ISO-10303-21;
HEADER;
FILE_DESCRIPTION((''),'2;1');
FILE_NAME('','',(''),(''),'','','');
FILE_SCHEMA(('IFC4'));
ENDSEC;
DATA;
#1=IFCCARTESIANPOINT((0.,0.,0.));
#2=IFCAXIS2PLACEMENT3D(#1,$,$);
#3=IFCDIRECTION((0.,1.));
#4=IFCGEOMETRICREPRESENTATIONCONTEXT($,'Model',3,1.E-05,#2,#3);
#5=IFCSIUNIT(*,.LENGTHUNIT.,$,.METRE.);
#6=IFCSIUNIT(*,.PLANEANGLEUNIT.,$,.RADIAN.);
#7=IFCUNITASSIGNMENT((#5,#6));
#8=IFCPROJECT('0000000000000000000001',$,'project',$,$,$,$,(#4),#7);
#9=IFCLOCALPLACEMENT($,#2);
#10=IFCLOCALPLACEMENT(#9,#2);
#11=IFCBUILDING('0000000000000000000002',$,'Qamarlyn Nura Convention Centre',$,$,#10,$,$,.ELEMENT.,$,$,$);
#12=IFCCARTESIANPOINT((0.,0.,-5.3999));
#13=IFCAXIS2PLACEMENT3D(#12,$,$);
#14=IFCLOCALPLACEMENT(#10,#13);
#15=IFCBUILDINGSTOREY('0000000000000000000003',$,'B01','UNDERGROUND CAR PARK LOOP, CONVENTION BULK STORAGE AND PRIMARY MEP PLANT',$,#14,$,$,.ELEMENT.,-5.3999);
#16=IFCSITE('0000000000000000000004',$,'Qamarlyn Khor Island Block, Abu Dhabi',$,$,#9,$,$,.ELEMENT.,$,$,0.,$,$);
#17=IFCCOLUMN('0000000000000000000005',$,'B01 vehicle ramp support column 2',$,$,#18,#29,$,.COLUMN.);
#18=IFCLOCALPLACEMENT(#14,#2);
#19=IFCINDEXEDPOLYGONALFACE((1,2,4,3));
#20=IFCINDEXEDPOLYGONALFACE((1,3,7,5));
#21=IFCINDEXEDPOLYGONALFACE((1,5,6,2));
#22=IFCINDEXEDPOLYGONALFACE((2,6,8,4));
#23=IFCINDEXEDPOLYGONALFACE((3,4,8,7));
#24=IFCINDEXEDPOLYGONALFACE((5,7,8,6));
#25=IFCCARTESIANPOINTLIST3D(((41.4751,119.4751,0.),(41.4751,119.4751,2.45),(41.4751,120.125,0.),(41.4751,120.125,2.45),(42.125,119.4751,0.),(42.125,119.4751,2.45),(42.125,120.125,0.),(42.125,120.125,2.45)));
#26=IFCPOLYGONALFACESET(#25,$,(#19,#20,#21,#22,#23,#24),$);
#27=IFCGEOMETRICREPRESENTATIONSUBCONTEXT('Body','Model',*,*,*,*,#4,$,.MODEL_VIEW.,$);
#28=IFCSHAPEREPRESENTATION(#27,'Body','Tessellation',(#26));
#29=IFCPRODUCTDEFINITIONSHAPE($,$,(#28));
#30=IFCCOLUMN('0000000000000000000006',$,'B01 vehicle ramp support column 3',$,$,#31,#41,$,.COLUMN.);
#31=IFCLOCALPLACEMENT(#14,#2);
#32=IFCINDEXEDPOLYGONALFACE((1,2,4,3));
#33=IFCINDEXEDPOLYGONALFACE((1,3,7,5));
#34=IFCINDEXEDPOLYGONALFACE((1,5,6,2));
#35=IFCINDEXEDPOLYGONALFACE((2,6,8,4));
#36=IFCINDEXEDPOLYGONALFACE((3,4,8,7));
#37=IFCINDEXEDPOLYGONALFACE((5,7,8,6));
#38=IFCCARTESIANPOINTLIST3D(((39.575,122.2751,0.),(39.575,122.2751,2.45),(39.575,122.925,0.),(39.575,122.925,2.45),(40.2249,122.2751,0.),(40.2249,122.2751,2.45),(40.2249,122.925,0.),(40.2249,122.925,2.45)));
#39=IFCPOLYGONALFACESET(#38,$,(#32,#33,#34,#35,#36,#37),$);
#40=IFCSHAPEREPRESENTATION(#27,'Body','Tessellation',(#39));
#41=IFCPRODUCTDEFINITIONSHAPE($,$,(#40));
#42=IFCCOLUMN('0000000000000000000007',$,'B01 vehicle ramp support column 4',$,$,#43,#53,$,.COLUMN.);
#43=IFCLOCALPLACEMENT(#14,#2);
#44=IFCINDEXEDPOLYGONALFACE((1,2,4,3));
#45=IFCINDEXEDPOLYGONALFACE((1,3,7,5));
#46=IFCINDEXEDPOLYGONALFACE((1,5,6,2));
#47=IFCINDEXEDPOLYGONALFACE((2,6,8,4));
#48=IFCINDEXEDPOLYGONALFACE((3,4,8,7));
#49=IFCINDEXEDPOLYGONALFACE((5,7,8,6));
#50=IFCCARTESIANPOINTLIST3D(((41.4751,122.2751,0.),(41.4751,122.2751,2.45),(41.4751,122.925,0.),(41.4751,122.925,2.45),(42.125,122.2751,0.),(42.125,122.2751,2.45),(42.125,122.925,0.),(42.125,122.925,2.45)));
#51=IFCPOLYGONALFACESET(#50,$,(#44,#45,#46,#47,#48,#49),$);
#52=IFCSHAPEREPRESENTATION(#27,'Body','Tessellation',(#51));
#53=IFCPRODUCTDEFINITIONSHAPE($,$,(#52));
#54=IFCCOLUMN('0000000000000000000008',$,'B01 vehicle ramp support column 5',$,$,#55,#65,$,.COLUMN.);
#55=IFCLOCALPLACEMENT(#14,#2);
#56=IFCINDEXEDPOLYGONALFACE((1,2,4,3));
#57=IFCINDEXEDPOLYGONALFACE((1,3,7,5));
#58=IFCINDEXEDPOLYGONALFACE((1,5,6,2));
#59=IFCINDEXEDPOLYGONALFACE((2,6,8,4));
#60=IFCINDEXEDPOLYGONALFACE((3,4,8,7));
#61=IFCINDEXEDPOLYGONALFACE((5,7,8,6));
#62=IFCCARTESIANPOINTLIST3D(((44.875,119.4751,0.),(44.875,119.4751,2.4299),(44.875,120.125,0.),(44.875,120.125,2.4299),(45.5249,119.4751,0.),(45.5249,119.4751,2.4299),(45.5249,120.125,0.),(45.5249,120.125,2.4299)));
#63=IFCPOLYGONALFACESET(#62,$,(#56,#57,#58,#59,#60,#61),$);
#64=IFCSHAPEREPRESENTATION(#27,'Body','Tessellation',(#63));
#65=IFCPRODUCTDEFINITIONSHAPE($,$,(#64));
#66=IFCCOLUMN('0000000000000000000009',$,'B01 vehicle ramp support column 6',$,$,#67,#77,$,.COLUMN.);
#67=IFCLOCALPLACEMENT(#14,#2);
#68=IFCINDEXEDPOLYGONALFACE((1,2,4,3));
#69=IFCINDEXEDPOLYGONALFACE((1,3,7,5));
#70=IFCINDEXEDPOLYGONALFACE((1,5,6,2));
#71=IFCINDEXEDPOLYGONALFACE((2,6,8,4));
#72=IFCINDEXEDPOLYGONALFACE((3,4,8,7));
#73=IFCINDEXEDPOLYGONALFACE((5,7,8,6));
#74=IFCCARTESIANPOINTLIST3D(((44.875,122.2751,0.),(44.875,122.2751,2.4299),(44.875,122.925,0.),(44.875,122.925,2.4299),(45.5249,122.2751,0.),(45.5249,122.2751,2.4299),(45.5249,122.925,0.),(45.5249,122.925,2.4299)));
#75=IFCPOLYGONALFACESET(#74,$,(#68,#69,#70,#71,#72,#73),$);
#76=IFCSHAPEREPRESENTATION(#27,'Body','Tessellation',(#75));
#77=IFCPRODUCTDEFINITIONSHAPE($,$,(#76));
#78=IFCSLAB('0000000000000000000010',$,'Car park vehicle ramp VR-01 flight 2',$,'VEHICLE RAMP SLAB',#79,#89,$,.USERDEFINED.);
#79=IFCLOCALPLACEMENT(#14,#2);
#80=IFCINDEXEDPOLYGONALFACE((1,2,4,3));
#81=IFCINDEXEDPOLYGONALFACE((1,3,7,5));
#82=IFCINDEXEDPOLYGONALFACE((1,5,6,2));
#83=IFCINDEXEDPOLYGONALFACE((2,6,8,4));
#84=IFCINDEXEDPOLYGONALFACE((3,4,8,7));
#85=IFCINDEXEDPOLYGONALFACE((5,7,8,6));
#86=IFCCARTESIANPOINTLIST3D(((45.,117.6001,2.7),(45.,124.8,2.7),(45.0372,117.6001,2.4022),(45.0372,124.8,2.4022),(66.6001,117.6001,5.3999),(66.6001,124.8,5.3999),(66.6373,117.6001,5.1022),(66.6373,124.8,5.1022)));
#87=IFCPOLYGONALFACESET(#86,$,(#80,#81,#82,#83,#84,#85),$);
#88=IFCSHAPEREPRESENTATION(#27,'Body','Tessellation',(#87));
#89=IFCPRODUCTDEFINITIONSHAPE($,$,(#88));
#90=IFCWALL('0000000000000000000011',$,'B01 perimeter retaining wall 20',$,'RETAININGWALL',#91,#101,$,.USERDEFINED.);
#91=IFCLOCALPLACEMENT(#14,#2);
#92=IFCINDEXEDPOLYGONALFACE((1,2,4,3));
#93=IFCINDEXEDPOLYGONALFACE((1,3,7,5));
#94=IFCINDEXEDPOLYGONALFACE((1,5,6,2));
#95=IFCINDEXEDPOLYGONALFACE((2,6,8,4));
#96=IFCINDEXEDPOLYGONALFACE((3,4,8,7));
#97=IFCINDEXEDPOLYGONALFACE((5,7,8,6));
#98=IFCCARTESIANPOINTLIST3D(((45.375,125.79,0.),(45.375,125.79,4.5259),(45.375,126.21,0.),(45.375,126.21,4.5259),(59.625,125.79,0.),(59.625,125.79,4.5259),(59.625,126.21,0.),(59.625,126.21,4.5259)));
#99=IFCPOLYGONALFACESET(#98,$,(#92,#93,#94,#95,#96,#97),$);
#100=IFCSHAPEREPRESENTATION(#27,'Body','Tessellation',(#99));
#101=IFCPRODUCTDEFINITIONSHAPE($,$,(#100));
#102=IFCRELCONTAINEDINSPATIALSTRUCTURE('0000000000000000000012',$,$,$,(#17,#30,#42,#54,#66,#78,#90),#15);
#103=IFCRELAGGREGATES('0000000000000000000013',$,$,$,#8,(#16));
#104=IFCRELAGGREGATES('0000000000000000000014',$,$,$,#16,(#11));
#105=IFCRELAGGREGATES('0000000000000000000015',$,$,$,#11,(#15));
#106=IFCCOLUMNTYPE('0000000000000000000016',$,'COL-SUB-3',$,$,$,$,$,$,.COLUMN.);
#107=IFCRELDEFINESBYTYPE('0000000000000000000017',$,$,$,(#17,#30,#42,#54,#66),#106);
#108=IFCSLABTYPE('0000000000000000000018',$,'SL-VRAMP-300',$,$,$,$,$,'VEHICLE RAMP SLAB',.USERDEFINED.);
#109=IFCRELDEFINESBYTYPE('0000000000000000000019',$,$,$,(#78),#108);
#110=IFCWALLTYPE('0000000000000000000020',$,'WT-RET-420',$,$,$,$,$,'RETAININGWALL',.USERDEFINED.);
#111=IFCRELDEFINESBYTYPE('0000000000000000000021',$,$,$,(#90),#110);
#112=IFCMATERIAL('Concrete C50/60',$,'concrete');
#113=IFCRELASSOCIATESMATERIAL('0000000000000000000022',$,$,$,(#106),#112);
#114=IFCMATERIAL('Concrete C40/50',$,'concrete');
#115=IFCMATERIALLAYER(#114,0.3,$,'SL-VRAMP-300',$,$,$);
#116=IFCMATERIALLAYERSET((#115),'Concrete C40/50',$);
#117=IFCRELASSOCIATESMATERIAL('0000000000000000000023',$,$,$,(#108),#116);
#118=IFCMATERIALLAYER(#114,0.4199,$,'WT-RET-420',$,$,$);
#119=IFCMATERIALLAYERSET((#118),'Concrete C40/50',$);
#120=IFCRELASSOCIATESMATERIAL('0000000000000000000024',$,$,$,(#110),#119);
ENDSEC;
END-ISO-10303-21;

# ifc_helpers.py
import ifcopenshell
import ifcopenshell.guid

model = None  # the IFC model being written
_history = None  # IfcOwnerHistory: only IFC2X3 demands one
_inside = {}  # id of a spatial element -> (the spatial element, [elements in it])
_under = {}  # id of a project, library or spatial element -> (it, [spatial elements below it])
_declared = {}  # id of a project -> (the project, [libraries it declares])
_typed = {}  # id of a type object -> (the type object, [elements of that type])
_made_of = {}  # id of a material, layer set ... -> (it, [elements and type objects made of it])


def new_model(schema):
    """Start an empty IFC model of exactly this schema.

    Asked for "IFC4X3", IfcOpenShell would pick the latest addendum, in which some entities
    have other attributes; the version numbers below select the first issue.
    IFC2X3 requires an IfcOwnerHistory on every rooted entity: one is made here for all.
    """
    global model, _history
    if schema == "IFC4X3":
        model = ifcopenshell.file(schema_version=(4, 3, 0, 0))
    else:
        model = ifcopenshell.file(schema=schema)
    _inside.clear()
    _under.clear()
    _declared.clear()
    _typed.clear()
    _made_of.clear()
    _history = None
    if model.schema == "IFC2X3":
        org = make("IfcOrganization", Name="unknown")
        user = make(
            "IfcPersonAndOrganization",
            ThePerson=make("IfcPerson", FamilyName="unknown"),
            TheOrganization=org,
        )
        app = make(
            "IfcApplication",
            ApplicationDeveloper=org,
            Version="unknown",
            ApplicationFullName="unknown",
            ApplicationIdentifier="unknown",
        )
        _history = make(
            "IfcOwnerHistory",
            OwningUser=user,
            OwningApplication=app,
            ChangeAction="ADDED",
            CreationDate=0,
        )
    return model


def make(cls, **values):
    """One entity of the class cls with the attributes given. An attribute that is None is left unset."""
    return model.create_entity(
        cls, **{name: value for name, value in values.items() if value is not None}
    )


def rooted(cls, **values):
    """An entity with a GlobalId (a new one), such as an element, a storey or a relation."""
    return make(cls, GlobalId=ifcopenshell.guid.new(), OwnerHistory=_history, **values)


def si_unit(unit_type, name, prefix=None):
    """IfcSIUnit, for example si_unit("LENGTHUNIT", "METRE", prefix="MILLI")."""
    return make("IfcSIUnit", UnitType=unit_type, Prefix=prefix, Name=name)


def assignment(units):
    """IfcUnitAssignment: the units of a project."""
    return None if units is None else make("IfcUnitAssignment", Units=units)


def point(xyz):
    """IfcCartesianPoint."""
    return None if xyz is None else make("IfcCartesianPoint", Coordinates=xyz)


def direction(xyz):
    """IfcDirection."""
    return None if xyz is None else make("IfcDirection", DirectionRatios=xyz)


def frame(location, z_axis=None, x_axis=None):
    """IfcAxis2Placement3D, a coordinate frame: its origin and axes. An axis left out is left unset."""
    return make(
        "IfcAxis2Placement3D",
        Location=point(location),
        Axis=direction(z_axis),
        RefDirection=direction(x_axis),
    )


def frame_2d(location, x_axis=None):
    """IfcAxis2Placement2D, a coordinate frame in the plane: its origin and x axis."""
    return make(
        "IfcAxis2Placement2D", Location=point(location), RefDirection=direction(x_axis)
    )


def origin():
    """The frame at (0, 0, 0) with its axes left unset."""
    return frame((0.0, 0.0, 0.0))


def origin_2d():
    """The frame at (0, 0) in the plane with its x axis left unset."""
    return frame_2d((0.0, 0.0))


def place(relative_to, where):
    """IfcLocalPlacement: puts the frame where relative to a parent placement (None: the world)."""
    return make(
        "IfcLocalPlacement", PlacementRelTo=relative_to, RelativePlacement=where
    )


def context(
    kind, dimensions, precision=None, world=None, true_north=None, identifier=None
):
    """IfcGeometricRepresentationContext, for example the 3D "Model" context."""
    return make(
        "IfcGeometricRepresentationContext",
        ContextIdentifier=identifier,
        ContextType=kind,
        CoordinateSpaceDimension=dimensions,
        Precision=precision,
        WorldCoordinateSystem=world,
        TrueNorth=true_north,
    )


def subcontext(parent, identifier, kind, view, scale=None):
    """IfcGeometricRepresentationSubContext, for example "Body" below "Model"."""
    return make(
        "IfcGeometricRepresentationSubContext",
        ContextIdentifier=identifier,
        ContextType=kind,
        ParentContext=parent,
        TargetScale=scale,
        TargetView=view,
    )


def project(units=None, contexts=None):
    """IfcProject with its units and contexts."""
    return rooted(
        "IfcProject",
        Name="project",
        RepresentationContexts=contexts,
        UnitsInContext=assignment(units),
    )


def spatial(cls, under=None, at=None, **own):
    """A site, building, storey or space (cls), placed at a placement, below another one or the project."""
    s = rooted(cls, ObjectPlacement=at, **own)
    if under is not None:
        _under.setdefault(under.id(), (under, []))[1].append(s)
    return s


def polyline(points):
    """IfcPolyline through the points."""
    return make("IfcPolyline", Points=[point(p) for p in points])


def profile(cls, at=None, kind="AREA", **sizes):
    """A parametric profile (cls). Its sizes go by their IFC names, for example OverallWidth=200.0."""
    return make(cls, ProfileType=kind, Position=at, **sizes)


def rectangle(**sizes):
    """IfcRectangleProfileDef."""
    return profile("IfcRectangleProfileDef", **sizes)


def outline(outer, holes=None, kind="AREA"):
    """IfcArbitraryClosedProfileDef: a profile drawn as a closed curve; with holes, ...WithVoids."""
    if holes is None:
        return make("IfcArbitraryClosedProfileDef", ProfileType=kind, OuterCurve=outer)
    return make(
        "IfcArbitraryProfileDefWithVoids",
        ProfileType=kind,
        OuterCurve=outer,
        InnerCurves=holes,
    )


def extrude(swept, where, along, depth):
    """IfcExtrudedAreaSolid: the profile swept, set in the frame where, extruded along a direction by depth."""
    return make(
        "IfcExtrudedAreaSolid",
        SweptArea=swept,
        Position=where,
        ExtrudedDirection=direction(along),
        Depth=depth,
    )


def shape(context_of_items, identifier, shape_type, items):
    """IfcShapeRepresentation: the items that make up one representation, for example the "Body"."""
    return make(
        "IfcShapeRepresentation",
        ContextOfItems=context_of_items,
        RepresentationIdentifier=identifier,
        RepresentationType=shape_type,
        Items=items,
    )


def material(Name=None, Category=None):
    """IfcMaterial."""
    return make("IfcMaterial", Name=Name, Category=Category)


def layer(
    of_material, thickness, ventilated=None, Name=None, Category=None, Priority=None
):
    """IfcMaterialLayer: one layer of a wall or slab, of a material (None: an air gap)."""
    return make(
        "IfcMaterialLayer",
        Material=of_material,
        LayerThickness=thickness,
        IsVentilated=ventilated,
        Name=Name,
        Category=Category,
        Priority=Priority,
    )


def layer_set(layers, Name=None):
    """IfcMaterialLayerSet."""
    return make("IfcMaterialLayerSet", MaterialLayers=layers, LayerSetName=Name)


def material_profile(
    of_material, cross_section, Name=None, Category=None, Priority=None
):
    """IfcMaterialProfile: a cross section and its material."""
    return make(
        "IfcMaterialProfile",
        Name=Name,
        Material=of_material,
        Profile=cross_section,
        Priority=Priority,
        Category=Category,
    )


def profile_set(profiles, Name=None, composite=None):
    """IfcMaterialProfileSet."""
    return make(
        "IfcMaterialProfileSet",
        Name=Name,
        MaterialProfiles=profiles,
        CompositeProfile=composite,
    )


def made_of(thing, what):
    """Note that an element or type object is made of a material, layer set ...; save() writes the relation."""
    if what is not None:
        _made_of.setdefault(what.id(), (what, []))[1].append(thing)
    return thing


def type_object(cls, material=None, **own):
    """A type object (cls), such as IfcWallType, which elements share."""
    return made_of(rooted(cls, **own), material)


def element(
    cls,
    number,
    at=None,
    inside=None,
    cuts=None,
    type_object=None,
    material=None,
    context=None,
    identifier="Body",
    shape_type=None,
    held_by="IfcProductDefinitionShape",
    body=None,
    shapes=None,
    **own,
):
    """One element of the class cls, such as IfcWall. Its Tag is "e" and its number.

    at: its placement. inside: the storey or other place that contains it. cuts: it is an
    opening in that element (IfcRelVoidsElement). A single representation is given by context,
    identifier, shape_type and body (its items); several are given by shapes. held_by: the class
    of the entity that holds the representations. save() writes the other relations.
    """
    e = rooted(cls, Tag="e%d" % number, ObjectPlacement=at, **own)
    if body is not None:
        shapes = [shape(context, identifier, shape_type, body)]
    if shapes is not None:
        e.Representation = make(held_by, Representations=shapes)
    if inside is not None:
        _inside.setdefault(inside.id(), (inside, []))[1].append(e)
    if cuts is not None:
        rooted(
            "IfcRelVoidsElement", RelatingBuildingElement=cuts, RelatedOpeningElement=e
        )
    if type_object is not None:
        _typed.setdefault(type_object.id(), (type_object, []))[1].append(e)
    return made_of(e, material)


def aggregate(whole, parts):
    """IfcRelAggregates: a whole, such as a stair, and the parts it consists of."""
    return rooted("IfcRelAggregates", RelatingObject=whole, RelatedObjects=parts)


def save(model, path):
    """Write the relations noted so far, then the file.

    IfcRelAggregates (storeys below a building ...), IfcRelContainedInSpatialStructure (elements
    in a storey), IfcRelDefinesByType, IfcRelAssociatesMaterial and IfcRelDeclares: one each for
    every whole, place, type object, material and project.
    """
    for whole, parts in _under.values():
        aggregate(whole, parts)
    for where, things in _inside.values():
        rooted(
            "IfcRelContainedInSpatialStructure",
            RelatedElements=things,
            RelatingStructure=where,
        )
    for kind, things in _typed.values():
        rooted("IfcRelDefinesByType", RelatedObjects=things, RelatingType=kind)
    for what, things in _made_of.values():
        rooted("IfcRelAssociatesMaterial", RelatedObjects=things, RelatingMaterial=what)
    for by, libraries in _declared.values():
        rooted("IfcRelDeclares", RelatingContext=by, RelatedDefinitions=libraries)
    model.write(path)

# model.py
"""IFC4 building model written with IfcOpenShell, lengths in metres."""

from ifc_helpers import new_model, si_unit, direction, frame, frame_2d, origin, origin_2d, place, context, subcontext, project, spatial, polyline, rectangle, outline, extrude, material, layer, layer_set, material_profile, profile_set, type_object, element, save


model = new_model("IFC4")

# Units and contexts
model_context = context("Model", 3, precision=1e-05, world=origin(), true_north=direction((0.0, 1.0)))
body_context = subcontext(model_context, "Body", "Model", "MODEL_VIEW")
ifc_project = project(units=[si_unit("LENGTHUNIT", "METRE"), si_unit("PLANEANGLEUNIT", "RADIAN")], contexts=[model_context])

# Site, building, storey
site_placement = place(None, origin())
site = spatial("IfcSite", under=ifc_project, at=site_placement, Name="Qamarlyn Khor Island Block, Abu Dhabi", CompositionType="ELEMENT", RefElevation=0.0)
building_placement = place(site_placement, origin())
building = spatial("IfcBuilding", under=site, at=building_placement, Name="Qamarlyn Nura Convention Centre", CompositionType="ELEMENT")
storey_placement = place(building_placement, frame((0.0, 0.0, -5.3999)))
storey = spatial("IfcBuildingStorey", under=building, at=storey_placement, Name="B01", Description="UNDERGROUND CAR PARK LOOP, CONVENTION BULK STORAGE AND PRIMARY MEP PLANT", CompositionType="ELEMENT", Elevation=-5.3999)

# Shared definitions
ifc_material_1 = material(Name="Concrete C40/50", Category="concrete")

# Columns
ifc_material_2 = material(Name="Concrete C50/60", Category="concrete")
ifc_material_profile_1 = material_profile(ifc_material_2, rectangle(XDim=0.6499, YDim=0.6499, at=origin_2d()), Name="RC 650x650")
ifc_profile_set_1 = profile_set([ifc_material_profile_1], Name="Concrete C50/60")
column_type_1 = type_object("IfcColumnType", Name="COL-SUB-3", PredefinedType="COLUMN", material=ifc_profile_set_1)
for number, where, z_axis, x_axis, name in (
    (1, (41.8, 119.8, 0.0), (0.0, 0.0, 1.0), (1.0, 0.0, 0.0), "B01 vehicle ramp support column 2"),
    (2, (39.8999, 122.6001, 0.0), (0.0, 0.0, 1.0), (1.0, 0.0, 0.0), "B01 vehicle ramp support column 3"),
    (3, (41.8, 122.6001, 0.0), (0.0, 0.0, 1.0), (1.0, 0.0, 0.0), "B01 vehicle ramp support column 4"),
):
    element("IfcColumn", number, at=place(storey_placement, frame(where, z_axis=z_axis, x_axis=x_axis)), inside=storey, type_object=column_type_1, Name=name, PredefinedType="COLUMN", context=body_context, shape_type="SweptSolid", body=[
        extrude(rectangle(XDim=0.6499, YDim=0.6499, at=origin_2d()), origin(), (0.0, 0.0, 1.0), 2.45),
    ])
for number, where, z_axis, x_axis, name in (
    (4, (45.2, 119.8, 0.0), (0.0, 0.0, 1.0), (1.0, 0.0, 0.0), "B01 vehicle ramp support column 5"),
    (5, (45.2, 122.6001, 0.0), (0.0, 0.0, 1.0), (1.0, 0.0, 0.0), "B01 vehicle ramp support column 6"),
):
    element("IfcColumn", number, at=place(storey_placement, frame(where, z_axis=z_axis, x_axis=x_axis)), inside=storey, type_object=column_type_1, Name=name, PredefinedType="COLUMN", context=body_context, shape_type="SweptSolid", body=[
        extrude(rectangle(XDim=0.6499, YDim=0.6499, at=origin_2d()), origin(), (0.0, 0.0, 1.0), 2.4299),
    ])

# Slab
ifc_layer_1 = layer(ifc_material_1, 0.3, Name="SL-VRAMP-300")
ifc_layer_set_1 = layer_set([ifc_layer_1], Name="Concrete C40/50")
slab_type = type_object("IfcSlabType", Name="SL-VRAMP-300", ElementType="VEHICLE RAMP SLAB", PredefinedType="USERDEFINED", material=ifc_layer_set_1)
slab_placement = place(storey_placement, frame((45.0, 117.6001, 2.7), z_axis=(-0.124032, 0.0, 0.992278), x_axis=(0.992278, 0.0, 0.124032)))
element("IfcSlab", 6, at=slab_placement, inside=storey, type_object=slab_type, Name="Car park vehicle ramp VR-01 flight 2", ObjectType="VEHICLE RAMP SLAB", PredefinedType="USERDEFINED", context=body_context, shape_type="SweptSolid", body=[
    extrude(outline(polyline([(0.0, 0.0), (21.7682, 0.0), (21.7682, 7.2), (0.0, 7.2), (0.0, 0.0)])), origin(), (0.0, 0.0, -1.0), 0.3),
])

# Wall
ifc_layer_2 = layer(ifc_material_1, 0.4199, Name="WT-RET-420")
ifc_layer_set_2 = layer_set([ifc_layer_2], Name="Concrete C40/50")
wall_type = type_object("IfcWallType", Name="WT-RET-420", ElementType="RETAININGWALL", PredefinedType="USERDEFINED", material=ifc_layer_set_2)
wall_placement = place(storey_placement, frame((45.375, 126.0, 0.0), z_axis=(0.0, 0.0, 1.0), x_axis=(1.0, 0.0, 0.0)))
element("IfcWall", 7, at=wall_placement, inside=storey, type_object=wall_type, Name="B01 perimeter retaining wall 20", ObjectType="RETAININGWALL", PredefinedType="USERDEFINED", context=body_context, shape_type="SweptSolid", body=[
    extrude(rectangle(XDim=14.25, YDim=0.4199, at=frame_2d((7.125, 0.0))), origin(), (0.0, 0.0, 1.0), 4.5259),
])

save(model, "model.ifc")
